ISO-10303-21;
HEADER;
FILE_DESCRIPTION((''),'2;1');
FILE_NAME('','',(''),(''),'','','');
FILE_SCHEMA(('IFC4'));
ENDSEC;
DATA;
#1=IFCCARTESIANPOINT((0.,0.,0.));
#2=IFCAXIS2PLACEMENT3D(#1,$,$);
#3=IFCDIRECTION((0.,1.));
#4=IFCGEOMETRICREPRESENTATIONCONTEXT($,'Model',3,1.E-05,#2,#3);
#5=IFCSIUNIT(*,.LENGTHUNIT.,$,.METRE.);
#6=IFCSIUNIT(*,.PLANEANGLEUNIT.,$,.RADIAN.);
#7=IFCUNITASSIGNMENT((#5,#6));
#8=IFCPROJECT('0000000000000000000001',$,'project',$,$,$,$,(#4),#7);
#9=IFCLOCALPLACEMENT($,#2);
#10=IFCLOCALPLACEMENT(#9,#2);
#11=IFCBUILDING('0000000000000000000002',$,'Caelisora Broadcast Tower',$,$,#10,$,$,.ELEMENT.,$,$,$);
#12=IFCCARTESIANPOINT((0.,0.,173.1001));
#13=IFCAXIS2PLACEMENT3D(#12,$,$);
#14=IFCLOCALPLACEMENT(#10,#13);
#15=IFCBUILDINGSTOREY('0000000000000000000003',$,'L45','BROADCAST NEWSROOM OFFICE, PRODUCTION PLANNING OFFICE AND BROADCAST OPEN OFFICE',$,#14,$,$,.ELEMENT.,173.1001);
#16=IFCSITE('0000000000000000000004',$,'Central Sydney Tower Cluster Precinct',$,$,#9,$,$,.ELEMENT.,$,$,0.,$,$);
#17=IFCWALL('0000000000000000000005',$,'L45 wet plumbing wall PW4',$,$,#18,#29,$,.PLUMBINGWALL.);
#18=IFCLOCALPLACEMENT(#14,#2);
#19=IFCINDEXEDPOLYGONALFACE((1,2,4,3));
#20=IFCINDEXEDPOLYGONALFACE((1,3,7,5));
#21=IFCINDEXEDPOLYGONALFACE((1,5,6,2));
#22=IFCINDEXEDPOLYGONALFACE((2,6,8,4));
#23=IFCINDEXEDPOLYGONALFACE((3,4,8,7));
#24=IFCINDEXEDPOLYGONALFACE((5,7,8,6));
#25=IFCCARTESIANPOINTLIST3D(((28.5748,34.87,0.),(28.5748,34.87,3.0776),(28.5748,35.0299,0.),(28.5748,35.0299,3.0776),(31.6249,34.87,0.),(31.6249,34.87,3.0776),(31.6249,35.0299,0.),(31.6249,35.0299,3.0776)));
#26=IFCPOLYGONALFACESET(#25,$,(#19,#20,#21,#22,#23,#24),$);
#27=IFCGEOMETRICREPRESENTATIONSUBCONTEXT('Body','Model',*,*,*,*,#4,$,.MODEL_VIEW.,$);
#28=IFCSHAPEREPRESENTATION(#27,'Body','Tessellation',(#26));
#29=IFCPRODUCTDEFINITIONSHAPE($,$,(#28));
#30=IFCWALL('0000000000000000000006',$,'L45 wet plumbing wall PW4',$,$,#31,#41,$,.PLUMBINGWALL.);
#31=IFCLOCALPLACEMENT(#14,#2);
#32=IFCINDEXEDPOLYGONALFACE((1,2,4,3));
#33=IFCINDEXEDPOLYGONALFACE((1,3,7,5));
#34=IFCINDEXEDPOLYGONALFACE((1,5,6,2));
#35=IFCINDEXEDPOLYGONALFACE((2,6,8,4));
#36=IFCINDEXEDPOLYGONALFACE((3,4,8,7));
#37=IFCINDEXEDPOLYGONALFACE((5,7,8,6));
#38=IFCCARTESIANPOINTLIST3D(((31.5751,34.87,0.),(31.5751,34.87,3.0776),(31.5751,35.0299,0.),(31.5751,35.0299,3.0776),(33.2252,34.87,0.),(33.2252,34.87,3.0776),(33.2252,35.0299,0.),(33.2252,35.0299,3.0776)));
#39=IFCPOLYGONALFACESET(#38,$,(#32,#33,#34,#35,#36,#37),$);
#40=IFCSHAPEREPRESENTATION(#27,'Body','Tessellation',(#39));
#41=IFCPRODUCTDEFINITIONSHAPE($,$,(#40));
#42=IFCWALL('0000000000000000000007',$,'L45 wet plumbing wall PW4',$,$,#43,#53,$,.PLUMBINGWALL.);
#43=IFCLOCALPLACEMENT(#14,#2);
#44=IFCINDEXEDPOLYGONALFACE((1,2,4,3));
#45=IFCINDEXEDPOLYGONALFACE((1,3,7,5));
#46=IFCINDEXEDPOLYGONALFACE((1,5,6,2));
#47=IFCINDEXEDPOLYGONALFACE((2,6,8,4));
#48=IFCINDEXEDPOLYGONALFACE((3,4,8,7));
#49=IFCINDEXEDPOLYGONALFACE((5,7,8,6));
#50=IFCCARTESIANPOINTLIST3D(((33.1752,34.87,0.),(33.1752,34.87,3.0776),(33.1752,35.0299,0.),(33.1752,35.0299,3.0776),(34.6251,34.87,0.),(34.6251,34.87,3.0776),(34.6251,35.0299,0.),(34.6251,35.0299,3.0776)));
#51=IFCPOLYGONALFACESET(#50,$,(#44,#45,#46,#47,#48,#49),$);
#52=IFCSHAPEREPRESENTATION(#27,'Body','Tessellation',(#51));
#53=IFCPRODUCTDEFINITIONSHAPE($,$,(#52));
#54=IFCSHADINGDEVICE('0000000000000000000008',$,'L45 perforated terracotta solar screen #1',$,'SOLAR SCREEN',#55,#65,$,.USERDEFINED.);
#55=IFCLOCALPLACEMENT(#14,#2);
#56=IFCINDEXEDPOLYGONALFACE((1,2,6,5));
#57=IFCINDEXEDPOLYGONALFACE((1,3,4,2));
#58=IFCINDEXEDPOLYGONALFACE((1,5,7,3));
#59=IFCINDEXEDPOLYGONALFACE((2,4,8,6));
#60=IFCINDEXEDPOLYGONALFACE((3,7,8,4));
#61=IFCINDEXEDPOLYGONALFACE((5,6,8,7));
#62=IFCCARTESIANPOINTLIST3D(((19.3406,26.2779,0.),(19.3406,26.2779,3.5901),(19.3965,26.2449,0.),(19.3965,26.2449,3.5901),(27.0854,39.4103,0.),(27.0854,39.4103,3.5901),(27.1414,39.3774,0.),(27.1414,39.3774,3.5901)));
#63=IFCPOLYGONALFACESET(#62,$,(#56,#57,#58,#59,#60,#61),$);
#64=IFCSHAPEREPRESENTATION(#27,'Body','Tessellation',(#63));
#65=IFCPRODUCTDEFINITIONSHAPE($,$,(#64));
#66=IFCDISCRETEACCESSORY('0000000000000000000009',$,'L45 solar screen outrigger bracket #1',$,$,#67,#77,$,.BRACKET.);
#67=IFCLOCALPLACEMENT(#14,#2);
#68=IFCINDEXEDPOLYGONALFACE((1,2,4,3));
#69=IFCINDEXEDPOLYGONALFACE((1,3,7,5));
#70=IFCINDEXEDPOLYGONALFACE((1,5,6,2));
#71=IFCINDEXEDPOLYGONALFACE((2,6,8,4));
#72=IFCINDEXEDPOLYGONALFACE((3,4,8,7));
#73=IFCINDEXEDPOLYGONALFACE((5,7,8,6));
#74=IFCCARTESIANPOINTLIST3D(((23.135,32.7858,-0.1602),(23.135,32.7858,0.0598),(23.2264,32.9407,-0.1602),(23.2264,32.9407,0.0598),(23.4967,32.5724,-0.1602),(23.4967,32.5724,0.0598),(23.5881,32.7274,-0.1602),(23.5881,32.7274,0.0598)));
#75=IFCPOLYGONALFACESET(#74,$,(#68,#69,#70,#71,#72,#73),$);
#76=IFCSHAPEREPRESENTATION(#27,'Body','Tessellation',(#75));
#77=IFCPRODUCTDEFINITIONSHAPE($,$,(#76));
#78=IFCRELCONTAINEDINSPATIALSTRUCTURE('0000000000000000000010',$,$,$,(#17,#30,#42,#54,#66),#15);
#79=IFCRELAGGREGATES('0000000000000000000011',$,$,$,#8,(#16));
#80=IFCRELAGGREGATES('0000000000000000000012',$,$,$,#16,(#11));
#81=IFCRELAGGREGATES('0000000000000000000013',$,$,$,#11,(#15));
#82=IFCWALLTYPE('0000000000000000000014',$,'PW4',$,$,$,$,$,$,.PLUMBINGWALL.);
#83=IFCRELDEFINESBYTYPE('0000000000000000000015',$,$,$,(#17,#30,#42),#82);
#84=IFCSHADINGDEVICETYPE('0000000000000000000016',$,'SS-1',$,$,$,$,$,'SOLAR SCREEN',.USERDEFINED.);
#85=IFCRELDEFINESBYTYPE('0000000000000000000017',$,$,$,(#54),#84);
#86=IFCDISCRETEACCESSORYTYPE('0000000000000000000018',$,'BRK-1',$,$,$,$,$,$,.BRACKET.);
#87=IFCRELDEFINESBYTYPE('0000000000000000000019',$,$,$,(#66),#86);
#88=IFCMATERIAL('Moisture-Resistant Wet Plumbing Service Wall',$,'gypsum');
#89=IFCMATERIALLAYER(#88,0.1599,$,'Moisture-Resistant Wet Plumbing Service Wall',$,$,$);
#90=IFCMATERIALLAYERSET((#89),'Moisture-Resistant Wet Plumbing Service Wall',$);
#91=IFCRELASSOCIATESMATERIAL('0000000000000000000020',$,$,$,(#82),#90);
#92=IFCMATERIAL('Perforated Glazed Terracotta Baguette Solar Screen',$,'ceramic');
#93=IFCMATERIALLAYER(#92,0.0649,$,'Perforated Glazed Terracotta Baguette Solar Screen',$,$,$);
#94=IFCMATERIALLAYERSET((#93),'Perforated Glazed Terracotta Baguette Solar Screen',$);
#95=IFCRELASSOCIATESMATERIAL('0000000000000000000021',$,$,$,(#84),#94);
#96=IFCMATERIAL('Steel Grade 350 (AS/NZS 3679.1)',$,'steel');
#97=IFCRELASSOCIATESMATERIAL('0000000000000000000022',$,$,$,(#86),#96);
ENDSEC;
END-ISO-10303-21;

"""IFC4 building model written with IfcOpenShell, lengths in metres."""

from ifc_helpers import new_model, si_unit, direction, frame, frame_2d, origin, origin_2d, place, context, subcontext, project, spatial, rectangle, extrude, source, transform, mapped, material, layer, layer_set, type_object, type_shapes, element, save


model = new_model("IFC4")

# Units and contexts
model_context = context("Model", 3, precision=1e-05, world=origin(), true_north=direction((0.0, 1.0)))
body_context = subcontext(model_context, "Body", "Model", "MODEL_VIEW")
ifc_project = project(units=[si_unit("LENGTHUNIT", "METRE"), si_unit("PLANEANGLEUNIT", "RADIAN")], contexts=[model_context])

# Site, building, storey
site_placement = place(None, origin())
site = spatial("IfcSite", under=ifc_project, at=site_placement, Name="Central Sydney Tower Cluster Precinct", CompositionType="ELEMENT", RefElevation=0.0)
building_placement = place(site_placement, origin())
building = spatial("IfcBuilding", under=site, at=building_placement, Name="Caelisora Broadcast Tower", CompositionType="ELEMENT")
storey_placement = place(building_placement, frame((0.0, 0.0, 173.1001)))
storey = spatial("IfcBuildingStorey", under=building, at=storey_placement, Name="L45", Description="BROADCAST NEWSROOM OFFICE, PRODUCTION PLANNING OFFICE AND BROADCAST OPEN OFFICE", CompositionType="ELEMENT", Elevation=173.1001)

# Shared definitions
ifc_material_1 = material(Name="Steel Grade 350 (AS/NZS 3679.1)", Category="steel")

# Shared definitions
ifc_material_2 = material(Name="Moisture-Resistant Wet Plumbing Service Wall", Category="gypsum")
ifc_layer_1 = layer(ifc_material_2, 0.1599, Name="Moisture-Resistant Wet Plumbing Service Wall")
ifc_layer_set_1 = layer_set([ifc_layer_1], Name="Moisture-Resistant Wet Plumbing Service Wall")
wall_type_1 = type_object("IfcWallType", Name="PW4", PredefinedType="PLUMBINGWALL", material=ifc_layer_set_1)

# Walls
wall_1_placement = place(storey_placement, frame((28.575, 34.95, 0.0), z_axis=(0.0, 0.0, 1.0), x_axis=(1.0, 0.0, 0.0)))
element("IfcWall", 1, at=wall_1_placement, inside=storey, type_object=wall_type_1, Name="L45 wet plumbing wall PW4", PredefinedType="PLUMBINGWALL", context=body_context, shape_type="SweptSolid", body=[
    extrude(rectangle(XDim=3.05, YDim=0.1599, at=frame_2d((1.5249, 0.0))), origin(), (0.0, 0.0, 1.0), 3.0776),
])
wall_2_placement = place(storey_placement, frame((31.575, 34.95, 0.0), z_axis=(0.0, 0.0, 1.0), x_axis=(1.0, 0.0, 0.0)))
element("IfcWall", 2, at=wall_2_placement, inside=storey, type_object=wall_type_1, Name="L45 wet plumbing wall PW4", PredefinedType="PLUMBINGWALL", context=body_context, shape_type="SweptSolid", body=[
    extrude(rectangle(XDim=1.6501, YDim=0.1599, at=frame_2d((0.8252, 0.0))), origin(), (0.0, 0.0, 1.0), 3.0776),
])
wall_3_placement = place(storey_placement, frame((33.175, 34.95, 0.0), z_axis=(0.0, 0.0, 1.0), x_axis=(1.0, 0.0, 0.0)))
element("IfcWall", 3, at=wall_3_placement, inside=storey, type_object=wall_type_1, Name="L45 wet plumbing wall PW4", PredefinedType="PLUMBINGWALL", context=body_context, shape_type="SweptSolid", body=[
    extrude(rectangle(XDim=1.45, YDim=0.1599, at=frame_2d((0.7251, 0.0))), origin(), (0.0, 0.0, 1.0), 3.0776),
])

# Shading device
ifc_material_3 = material(Name="Perforated Glazed Terracotta Baguette Solar Screen", Category="ceramic")
ifc_layer_2 = layer(ifc_material_3, 0.0649, Name="Perforated Glazed Terracotta Baguette Solar Screen")
ifc_layer_set_2 = layer_set([ifc_layer_2], Name="Perforated Glazed Terracotta Baguette Solar Screen")
shading_device_type = type_object("IfcShadingDeviceType", Name="SS-1", ElementType="SOLAR SCREEN", PredefinedType="USERDEFINED", material=ifc_layer_set_2)
shared_shape_1 = source(origin(), body_context, "Body", "SweptSolid", [
    extrude(rectangle(XDim=15.2461, YDim=0.0649, at=origin_2d()), origin(), (0.0, 0.0, 1.0), 3.5901),
])
type_shapes(shading_device_type, [shared_shape_1])
shading_device_placement = place(storey_placement, frame((23.241, 32.8276, 0.0), z_axis=(0.0, 0.0, 1.0), x_axis=(-0.507989, -0.861363, 0.0)))
element("IfcShadingDevice", 4, at=shading_device_placement, inside=storey, type_object=shading_device_type, Name="L45 perforated terracotta solar screen #1", ObjectType="SOLAR SCREEN", PredefinedType="USERDEFINED", context=body_context, shape_type="MappedRepresentation", body=[
    mapped(shared_shape_1, transform((0.0, 0.0, 0.0), scale=1.0)),
])

# Discrete accessory
discrete_accessory_type = type_object("IfcDiscreteAccessoryType", Name="BRK-1", PredefinedType="BRACKET", material=ifc_material_1)
shared_shape_2 = source(origin(), body_context, "Body", "SweptSolid", [
    extrude(rectangle(XDim=0.1799, YDim=0.4199, at=origin_2d()), origin(), (0.0, 0.0, 1.0), 0.22),
])
type_shapes(discrete_accessory_type, [shared_shape_2])
discrete_accessory_placement = place(storey_placement, frame((23.3616, 32.7566, -0.1602), z_axis=(0.0, 0.0, 1.0), x_axis=(-0.507989, -0.861363, 0.0)))
element("IfcDiscreteAccessory", 5, at=discrete_accessory_placement, inside=storey, type_object=discrete_accessory_type, Name="L45 solar screen outrigger bracket #1", PredefinedType="BRACKET", context=body_context, shape_type="MappedRepresentation", body=[
    mapped(shared_shape_2, transform((0.0, 0.0, 0.0), scale=1.0)),
])

save(model, "model.ifc")
